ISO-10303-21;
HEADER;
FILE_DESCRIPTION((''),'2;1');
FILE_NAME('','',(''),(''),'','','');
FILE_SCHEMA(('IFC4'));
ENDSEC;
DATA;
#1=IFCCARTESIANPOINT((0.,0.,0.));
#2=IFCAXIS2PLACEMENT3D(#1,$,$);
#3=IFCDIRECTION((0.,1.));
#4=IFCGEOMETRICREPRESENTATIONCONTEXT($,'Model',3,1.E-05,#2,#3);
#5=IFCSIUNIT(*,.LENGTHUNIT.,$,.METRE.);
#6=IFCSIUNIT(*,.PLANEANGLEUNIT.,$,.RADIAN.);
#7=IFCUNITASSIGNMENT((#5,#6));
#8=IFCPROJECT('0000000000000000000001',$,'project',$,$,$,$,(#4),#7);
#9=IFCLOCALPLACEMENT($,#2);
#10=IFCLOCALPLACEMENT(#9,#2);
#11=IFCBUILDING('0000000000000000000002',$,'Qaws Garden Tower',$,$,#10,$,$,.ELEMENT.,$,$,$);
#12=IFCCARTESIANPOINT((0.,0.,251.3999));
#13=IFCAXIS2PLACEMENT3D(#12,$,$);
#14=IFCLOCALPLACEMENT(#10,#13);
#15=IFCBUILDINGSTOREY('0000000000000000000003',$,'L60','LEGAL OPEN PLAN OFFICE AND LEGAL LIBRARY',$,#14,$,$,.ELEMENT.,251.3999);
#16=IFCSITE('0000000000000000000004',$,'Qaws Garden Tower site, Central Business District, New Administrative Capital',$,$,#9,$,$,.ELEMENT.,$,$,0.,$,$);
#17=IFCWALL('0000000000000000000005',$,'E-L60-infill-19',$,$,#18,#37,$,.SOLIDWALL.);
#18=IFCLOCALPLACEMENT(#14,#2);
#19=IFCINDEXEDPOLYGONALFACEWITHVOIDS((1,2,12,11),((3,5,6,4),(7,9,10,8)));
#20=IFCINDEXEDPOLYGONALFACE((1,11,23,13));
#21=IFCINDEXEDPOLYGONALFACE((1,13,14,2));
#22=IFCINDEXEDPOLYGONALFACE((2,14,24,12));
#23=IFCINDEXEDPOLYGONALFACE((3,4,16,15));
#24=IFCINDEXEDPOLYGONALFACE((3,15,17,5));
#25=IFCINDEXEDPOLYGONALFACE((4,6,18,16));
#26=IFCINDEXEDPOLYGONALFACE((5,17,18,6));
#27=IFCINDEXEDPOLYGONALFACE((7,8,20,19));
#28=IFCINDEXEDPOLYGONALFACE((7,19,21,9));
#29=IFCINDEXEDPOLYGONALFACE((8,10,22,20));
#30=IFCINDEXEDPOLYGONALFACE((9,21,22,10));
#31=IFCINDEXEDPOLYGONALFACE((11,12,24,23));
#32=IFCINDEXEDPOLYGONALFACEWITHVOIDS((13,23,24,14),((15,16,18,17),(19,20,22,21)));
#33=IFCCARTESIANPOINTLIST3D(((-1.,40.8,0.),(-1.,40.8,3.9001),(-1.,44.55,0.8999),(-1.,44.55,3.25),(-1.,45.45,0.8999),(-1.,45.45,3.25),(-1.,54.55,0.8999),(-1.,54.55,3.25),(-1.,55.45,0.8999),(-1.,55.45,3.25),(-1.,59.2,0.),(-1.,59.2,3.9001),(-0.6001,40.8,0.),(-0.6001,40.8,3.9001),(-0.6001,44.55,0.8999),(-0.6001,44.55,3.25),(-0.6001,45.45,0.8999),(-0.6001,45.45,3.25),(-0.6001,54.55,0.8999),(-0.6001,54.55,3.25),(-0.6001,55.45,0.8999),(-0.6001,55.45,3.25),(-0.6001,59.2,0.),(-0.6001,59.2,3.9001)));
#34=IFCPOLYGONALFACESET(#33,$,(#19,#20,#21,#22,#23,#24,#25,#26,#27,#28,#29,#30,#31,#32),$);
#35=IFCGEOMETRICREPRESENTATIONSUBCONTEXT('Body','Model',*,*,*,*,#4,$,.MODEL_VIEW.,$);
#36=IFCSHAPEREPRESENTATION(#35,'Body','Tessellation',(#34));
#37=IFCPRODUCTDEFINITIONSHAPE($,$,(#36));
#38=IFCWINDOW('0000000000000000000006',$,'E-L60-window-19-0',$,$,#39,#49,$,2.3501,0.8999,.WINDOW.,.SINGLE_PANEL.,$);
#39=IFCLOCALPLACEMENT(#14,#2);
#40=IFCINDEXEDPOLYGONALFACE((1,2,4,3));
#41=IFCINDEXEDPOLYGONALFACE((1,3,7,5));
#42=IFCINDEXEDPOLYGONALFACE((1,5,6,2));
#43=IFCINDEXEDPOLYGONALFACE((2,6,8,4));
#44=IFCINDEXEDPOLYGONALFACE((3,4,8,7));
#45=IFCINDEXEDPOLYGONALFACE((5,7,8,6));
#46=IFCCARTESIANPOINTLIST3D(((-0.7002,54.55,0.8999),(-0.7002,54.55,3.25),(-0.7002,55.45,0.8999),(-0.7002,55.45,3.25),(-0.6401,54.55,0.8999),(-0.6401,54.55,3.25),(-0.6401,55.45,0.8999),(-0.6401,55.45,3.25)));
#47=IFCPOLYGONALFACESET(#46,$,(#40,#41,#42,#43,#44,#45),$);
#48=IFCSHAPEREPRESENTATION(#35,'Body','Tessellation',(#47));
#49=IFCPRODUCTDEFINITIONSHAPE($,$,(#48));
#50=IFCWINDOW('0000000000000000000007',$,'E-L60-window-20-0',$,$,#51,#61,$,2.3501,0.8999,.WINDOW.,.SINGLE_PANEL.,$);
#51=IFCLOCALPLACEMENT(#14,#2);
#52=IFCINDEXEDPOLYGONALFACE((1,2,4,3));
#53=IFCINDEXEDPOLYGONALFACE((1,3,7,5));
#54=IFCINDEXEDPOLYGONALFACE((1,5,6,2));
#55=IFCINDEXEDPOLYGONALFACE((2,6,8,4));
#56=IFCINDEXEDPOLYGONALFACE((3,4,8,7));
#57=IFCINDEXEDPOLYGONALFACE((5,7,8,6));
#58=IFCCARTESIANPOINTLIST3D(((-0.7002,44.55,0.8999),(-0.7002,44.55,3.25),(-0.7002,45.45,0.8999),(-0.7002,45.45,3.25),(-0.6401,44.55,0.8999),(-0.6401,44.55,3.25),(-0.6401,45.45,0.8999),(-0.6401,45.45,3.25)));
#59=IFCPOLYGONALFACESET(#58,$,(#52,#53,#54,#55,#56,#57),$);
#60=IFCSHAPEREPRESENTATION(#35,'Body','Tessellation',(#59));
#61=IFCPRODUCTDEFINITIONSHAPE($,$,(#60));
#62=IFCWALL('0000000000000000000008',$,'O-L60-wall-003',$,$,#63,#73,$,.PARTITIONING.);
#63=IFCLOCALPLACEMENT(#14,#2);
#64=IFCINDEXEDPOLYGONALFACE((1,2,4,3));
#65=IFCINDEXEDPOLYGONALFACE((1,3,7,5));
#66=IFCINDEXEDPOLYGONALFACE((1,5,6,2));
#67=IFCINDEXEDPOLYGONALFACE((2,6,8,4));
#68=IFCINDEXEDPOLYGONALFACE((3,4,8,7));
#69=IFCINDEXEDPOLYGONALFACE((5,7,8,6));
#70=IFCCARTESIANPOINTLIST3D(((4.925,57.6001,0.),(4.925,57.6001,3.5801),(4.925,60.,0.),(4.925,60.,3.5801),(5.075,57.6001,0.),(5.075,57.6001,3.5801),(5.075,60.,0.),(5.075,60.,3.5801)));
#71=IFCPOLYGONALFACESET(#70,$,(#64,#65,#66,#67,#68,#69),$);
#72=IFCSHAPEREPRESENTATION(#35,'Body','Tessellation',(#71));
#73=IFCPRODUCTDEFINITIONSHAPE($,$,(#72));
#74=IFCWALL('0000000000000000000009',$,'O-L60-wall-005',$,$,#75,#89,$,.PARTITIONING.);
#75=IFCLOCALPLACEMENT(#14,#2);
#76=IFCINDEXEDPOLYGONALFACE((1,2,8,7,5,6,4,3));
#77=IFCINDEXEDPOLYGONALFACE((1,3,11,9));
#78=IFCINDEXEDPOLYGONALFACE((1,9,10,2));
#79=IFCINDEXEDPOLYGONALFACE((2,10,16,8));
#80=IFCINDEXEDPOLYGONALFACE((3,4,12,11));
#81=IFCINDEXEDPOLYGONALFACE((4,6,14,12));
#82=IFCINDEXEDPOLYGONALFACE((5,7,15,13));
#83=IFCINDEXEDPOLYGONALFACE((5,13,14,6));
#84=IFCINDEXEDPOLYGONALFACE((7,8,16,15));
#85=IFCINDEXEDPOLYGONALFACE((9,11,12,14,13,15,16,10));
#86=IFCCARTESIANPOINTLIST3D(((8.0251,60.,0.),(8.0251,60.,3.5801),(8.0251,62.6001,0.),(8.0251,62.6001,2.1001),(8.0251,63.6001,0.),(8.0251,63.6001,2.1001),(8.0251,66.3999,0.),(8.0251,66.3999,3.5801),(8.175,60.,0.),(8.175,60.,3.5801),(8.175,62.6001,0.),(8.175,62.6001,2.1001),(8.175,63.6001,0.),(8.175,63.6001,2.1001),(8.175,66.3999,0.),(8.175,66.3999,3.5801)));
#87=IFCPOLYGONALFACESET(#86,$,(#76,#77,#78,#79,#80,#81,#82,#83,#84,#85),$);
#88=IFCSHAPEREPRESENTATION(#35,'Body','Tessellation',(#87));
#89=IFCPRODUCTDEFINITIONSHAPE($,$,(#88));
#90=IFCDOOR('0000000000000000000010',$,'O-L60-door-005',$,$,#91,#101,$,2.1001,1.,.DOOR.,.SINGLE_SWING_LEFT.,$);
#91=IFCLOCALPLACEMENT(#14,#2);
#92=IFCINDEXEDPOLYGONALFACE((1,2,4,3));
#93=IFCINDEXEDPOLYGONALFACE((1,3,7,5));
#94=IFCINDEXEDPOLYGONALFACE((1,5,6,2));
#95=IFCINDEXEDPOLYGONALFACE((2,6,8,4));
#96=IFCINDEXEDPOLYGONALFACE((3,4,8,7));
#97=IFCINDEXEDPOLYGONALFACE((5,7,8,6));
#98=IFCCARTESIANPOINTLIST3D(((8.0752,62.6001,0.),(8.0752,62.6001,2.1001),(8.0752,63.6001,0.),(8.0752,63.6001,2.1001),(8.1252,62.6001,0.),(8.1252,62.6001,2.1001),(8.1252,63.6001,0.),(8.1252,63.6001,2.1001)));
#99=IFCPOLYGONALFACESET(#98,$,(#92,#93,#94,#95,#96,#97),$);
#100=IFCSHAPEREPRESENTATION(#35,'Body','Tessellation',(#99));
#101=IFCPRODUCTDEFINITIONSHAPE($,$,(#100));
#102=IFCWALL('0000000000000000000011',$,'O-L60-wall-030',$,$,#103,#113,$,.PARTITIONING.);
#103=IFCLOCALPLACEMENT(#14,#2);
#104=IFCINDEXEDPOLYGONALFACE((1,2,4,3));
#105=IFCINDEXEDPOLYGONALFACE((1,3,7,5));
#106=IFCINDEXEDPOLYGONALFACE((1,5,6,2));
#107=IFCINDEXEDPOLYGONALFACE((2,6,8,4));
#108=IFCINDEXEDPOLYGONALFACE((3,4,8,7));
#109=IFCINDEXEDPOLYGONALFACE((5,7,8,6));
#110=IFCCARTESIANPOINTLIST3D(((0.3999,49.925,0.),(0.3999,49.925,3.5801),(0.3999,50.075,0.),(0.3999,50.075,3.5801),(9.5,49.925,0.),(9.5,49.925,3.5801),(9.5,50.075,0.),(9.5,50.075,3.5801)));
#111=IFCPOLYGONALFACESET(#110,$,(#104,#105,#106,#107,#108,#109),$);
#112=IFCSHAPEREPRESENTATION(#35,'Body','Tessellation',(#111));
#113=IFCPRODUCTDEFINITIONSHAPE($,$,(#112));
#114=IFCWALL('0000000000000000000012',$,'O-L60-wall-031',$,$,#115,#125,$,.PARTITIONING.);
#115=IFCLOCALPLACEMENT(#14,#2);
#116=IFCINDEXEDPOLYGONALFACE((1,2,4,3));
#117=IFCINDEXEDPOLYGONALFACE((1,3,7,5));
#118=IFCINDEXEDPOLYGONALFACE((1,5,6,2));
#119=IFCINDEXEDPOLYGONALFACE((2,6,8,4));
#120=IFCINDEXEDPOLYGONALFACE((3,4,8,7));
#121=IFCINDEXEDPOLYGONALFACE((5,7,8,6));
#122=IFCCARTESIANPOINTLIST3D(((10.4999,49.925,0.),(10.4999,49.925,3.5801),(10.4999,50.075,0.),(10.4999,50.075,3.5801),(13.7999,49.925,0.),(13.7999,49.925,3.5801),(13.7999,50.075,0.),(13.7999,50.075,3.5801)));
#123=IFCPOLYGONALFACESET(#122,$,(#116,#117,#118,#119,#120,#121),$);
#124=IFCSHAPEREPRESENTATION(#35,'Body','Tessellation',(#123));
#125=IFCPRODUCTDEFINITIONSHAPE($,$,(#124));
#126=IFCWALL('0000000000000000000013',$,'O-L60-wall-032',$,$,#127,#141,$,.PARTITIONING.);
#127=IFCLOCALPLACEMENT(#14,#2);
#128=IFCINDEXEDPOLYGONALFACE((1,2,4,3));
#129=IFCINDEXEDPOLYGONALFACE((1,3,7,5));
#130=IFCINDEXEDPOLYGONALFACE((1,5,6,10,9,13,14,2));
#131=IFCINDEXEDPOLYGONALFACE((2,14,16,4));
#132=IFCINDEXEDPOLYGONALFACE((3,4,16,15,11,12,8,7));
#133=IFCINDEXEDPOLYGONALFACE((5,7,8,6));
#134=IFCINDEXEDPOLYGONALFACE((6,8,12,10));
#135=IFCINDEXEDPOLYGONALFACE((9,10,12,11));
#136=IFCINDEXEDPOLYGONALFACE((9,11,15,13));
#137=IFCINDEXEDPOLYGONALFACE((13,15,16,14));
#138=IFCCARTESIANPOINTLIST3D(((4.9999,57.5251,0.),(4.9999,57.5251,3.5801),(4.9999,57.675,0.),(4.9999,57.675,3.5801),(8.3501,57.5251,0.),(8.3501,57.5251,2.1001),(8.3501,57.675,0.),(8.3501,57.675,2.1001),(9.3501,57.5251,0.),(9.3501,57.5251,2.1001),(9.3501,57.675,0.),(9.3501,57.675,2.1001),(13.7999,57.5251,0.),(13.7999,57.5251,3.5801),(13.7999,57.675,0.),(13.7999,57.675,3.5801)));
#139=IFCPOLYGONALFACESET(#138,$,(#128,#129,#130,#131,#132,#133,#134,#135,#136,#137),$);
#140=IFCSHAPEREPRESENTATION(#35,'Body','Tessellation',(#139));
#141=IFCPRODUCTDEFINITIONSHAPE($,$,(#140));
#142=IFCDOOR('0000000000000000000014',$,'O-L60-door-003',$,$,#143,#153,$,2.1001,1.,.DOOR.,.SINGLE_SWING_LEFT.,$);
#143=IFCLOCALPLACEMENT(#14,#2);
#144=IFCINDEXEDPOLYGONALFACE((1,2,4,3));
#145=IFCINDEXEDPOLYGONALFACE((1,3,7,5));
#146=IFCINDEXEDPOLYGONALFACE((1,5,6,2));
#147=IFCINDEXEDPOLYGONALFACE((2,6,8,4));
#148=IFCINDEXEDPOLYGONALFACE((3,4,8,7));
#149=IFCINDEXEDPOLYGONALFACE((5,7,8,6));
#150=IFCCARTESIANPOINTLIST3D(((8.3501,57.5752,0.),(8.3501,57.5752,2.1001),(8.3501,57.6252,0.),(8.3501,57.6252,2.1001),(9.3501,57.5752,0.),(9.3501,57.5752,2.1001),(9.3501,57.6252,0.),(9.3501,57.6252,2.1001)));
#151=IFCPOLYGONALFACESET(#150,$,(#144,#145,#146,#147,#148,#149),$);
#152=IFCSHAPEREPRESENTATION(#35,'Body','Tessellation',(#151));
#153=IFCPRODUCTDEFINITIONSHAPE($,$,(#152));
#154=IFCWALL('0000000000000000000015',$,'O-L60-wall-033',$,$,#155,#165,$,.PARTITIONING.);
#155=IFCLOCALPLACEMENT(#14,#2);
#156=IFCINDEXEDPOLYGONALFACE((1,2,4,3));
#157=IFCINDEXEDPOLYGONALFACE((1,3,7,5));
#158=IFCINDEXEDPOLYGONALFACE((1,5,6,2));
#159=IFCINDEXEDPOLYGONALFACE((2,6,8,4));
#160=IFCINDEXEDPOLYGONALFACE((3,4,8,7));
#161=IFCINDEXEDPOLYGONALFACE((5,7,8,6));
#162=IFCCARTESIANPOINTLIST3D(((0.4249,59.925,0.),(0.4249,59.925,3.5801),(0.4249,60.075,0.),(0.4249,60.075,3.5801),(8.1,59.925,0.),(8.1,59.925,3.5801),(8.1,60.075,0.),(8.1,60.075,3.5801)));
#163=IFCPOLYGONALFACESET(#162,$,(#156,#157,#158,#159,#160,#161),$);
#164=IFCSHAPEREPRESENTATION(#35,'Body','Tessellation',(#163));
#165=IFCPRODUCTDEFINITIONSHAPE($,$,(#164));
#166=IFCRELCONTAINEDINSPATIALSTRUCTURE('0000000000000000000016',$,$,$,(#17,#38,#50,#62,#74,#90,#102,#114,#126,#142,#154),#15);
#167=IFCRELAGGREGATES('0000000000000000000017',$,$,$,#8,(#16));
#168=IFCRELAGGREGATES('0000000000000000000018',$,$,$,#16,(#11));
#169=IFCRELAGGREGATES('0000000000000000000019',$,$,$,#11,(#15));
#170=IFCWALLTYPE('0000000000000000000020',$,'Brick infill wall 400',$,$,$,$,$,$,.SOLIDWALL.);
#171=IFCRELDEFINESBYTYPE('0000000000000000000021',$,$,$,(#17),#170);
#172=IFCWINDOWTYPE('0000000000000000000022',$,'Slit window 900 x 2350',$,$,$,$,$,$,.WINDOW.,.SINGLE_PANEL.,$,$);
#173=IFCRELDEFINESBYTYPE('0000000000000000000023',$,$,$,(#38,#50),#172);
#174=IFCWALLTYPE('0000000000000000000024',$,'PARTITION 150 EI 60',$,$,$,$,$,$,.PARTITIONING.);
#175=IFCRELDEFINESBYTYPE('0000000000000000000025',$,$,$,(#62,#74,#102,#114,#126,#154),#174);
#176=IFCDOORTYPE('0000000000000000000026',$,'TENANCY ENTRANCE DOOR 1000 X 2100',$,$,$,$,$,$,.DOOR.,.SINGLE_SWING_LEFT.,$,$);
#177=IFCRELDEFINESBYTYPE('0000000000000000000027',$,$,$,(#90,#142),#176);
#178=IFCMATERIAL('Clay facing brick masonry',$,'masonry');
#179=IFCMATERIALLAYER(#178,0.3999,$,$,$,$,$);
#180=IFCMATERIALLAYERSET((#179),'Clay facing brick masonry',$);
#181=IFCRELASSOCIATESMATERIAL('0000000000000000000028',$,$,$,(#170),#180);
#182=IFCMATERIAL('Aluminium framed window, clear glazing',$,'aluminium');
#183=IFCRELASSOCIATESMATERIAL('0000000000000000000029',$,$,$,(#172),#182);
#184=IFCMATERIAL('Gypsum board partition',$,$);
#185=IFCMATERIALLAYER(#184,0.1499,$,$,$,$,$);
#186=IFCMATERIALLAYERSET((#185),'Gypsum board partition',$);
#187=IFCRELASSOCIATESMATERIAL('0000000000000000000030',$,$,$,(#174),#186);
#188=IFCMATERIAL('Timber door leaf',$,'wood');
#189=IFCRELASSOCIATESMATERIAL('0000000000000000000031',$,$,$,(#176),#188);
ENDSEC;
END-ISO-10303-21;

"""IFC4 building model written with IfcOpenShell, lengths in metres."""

from ifc_helpers import new_model, si_unit, direction, frame, frame_2d, origin, place, context, subcontext, project, spatial, rectangle, extrude, material, layer, layer_set, type_object, element, fill, save


model = new_model("IFC4")

# Units and contexts
model_context = context("Model", 3, precision=1e-05, world=origin(), true_north=direction((0.0, 1.0)))
body_context = subcontext(model_context, "Body", "Model", "MODEL_VIEW")
ifc_project = project(units=[si_unit("LENGTHUNIT", "METRE"), si_unit("PLANEANGLEUNIT", "RADIAN")], contexts=[model_context])

# Site, building, storey
site_placement = place(None, origin())
site = spatial("IfcSite", under=ifc_project, at=site_placement, Name="Qaws Garden Tower site, Central Business District, New Administrative Capital", CompositionType="ELEMENT", RefElevation=0.0)
building_placement = place(site_placement, origin())
building = spatial("IfcBuilding", under=site, at=building_placement, Name="Qaws Garden Tower", CompositionType="ELEMENT")
storey_placement = place(building_placement, frame((0.0, 0.0, 251.3999)))
storey = spatial("IfcBuildingStorey", under=building, at=storey_placement, Name="L60", Description="LEGAL OPEN PLAN OFFICE AND LEGAL LIBRARY", CompositionType="ELEMENT", Elevation=251.3999)

# Shared definitions
ifc_material_1 = material(Name="Clay facing brick masonry", Category="masonry")
ifc_layer_1 = layer(ifc_material_1, 0.3999)
ifc_layer_set_1 = layer_set([ifc_layer_1], Name="Clay facing brick masonry")
wall_type_1 = type_object("IfcWallType", Name="Brick infill wall 400", PredefinedType="SOLIDWALL", material=ifc_layer_set_1)

# Wall, openings, windows
wall_1_placement = place(storey_placement, frame((-0.8, 59.2, 0.0), z_axis=(0.0, 0.0, 1.0), x_axis=(0.0, -1.0, 0.0)))
wall_1 = element("IfcWall", 1, at=wall_1_placement, inside=storey, type_object=wall_type_1, Name="E-L60-infill-19", PredefinedType="SOLIDWALL", context=body_context, shape_type="SweptSolid", body=[
    extrude(rectangle(XDim=18.3999, YDim=0.3999, at=frame_2d((9.2, 0.0))), origin(), (0.0, 0.0, 1.0), 3.9001),
])
opening_1_placement = place(wall_1_placement, frame((3.75, 0.0, 0.8999)))
opening_1 = element("IfcOpeningElement", 2, at=opening_1_placement, cuts=wall_1, PredefinedType="OPENING", context=body_context, shape_type="SweptSolid", body=[
    extrude(rectangle(XDim=0.8999, YDim=2.3501, at=frame_2d((0.45, 1.175))), frame((0.0, 0.21, 0.0), z_axis=(0.0, -1.0, 0.0), x_axis=(1.0, 0.0, 0.0)), (0.0, 0.0, 1.0), 0.4199),
])
opening_2_placement = place(wall_1_placement, frame((13.75, 0.0, 0.8999)))
opening_2 = element("IfcOpeningElement", 3, at=opening_2_placement, cuts=wall_1, PredefinedType="OPENING", context=body_context, shape_type="SweptSolid", body=[
    extrude(rectangle(XDim=0.8999, YDim=2.3501, at=frame_2d((0.45, 1.175))), frame((0.0, 0.21, 0.0), z_axis=(0.0, -1.0, 0.0), x_axis=(1.0, 0.0, 0.0)), (0.0, 0.0, 1.0), 0.4199),
])
ifc_material_2 = material(Name="Aluminium framed window, clear glazing", Category="aluminium")
window_type_1 = type_object("IfcWindowType", Name="Slit window 900 x 2350", PartitioningType="SINGLE_PANEL", PredefinedType="WINDOW", material=ifc_material_2)
window_1_placement = place(opening_1_placement, origin())
window_1 = element("IfcWindow", 4, at=window_1_placement, inside=storey, type_object=window_type_1, Name="E-L60-window-19-0", OverallHeight=2.3501, OverallWidth=0.8999, PartitioningType="SINGLE_PANEL", PredefinedType="WINDOW", context=body_context, shape_type="SweptSolid", body=[
    extrude(rectangle(XDim=0.8999, YDim=2.3501, at=frame_2d((0.45, 1.175))), frame((0.0, 0.1599, 0.0), z_axis=(0.0, -1.0, 0.0), x_axis=(1.0, 0.0, 0.0)), (0.0, 0.0, 1.0), 0.0601),
])
fill(opening_1, window_1)
window_2_placement = place(opening_2_placement, origin())
window_2 = element("IfcWindow", 5, at=window_2_placement, inside=storey, type_object=window_type_1, Name="E-L60-window-20-0", OverallHeight=2.3501, OverallWidth=0.8999, PartitioningType="SINGLE_PANEL", PredefinedType="WINDOW", context=body_context, shape_type="SweptSolid", body=[
    extrude(rectangle(XDim=0.8999, YDim=2.3501, at=frame_2d((0.45, 1.175))), frame((0.0, 0.1599, 0.0), z_axis=(0.0, -1.0, 0.0), x_axis=(1.0, 0.0, 0.0)), (0.0, 0.0, 1.0), 0.0601),
])
fill(opening_2, window_2)

# Wall
ifc_material_3 = material(Name="Gypsum board partition")
ifc_layer_2 = layer(ifc_material_3, 0.1499)
ifc_layer_set_2 = layer_set([ifc_layer_2], Name="Gypsum board partition")
wall_type_2 = type_object("IfcWallType", Name="PARTITION 150 EI 60", PredefinedType="PARTITIONING", material=ifc_layer_set_2)
wall_2_placement = place(storey_placement, frame((5.0, 57.6001, 0.0), z_axis=(0.0, 0.0, 1.0), x_axis=(0.0, 1.0, 0.0)))
element("IfcWall", 6, at=wall_2_placement, inside=storey, type_object=wall_type_2, Name="O-L60-wall-003", PredefinedType="PARTITIONING", context=body_context, shape_type="SweptSolid", body=[
    extrude(rectangle(XDim=2.3999, YDim=0.1499, at=frame_2d((1.2, 0.0))), origin(), (0.0, 0.0, 1.0), 3.5801),
])

# Wall, opening, door
wall_3_placement = place(storey_placement, frame((8.1001, 60.0, 0.0), z_axis=(0.0, 0.0, 1.0), x_axis=(0.0, 1.0, 0.0)))
wall_3 = element("IfcWall", 7, at=wall_3_placement, inside=storey, type_object=wall_type_2, Name="O-L60-wall-005", PredefinedType="PARTITIONING", context=body_context, shape_type="SweptSolid", body=[
    extrude(rectangle(XDim=6.3999, YDim=0.1499, at=frame_2d((3.2, 0.0))), origin(), (0.0, 0.0, 1.0), 3.5801),
])
opening_3_placement = place(wall_3_placement, frame((2.6001, 0.0, 0.0)))
opening_3 = element("IfcOpeningElement", 8, at=opening_3_placement, cuts=wall_3, PredefinedType="OPENING", context=body_context, shape_type="SweptSolid", body=[
    extrude(rectangle(XDim=1.0, YDim=2.1001, at=frame_2d((0.5, 1.05))), frame((0.0, 0.085, 0.0), z_axis=(0.0, -1.0, 0.0), x_axis=(1.0, 0.0, 0.0)), (0.0, 0.0, 1.0), 0.1699),
])
ifc_material_4 = material(Name="Timber door leaf", Category="wood")
door_type = type_object("IfcDoorType", Name="TENANCY ENTRANCE DOOR 1000 X 2100", OperationType="SINGLE_SWING_LEFT", PredefinedType="DOOR", material=ifc_material_4)
door_1_placement = place(opening_3_placement, origin())
door_1 = element("IfcDoor", 9, at=door_1_placement, inside=storey, type_object=door_type, Name="O-L60-door-005", OperationType="SINGLE_SWING_LEFT", OverallHeight=2.1001, OverallWidth=1.0, PredefinedType="DOOR", context=body_context, shape_type="SweptSolid", body=[
    extrude(rectangle(XDim=1.0, YDim=2.1001, at=frame_2d((0.5, 1.05))), frame((0.0, 0.0249, 0.0), z_axis=(0.0, -1.0, 0.0), x_axis=(1.0, 0.0, 0.0)), (0.0, 0.0, 1.0), 0.05),
])
fill(opening_3, door_1)

# Walls
wall_4_placement = place(storey_placement, frame((0.3999, 50.0, 0.0), z_axis=(0.0, 0.0, 1.0), x_axis=(1.0, 0.0, 0.0)))
element("IfcWall", 10, at=wall_4_placement, inside=storey, type_object=wall_type_2, Name="O-L60-wall-030", PredefinedType="PARTITIONING", context=body_context, shape_type="SweptSolid", body=[
    extrude(rectangle(XDim=9.1001, YDim=0.1499, at=frame_2d((4.55, 0.0))), origin(), (0.0, 0.0, 1.0), 3.5801),
])
wall_5_placement = place(storey_placement, frame((10.5, 50.0, 0.0), z_axis=(0.0, 0.0, 1.0), x_axis=(1.0, 0.0, 0.0)))
element("IfcWall", 11, at=wall_5_placement, inside=storey, type_object=wall_type_2, Name="O-L60-wall-031", PredefinedType="PARTITIONING", context=body_context, shape_type="SweptSolid", body=[
    extrude(rectangle(XDim=3.3, YDim=0.1499, at=frame_2d((1.6499, 0.0))), origin(), (0.0, 0.0, 1.0), 3.5801),
])

# Wall, opening, door
wall_6_placement = place(storey_placement, frame((5.0, 57.6001, 0.0), z_axis=(0.0, 0.0, 1.0), x_axis=(1.0, 0.0, 0.0)))
wall_6 = element("IfcWall", 12, at=wall_6_placement, inside=storey, type_object=wall_type_2, Name="O-L60-wall-032", PredefinedType="PARTITIONING", context=body_context, shape_type="SweptSolid", body=[
    extrude(rectangle(XDim=8.8, YDim=0.1499, at=frame_2d((4.3999, 0.0))), origin(), (0.0, 0.0, 1.0), 3.5801),
])
opening_4_placement = place(wall_6_placement, frame((3.3501, 0.0, 0.0)))
opening_4 = element("IfcOpeningElement", 13, at=opening_4_placement, cuts=wall_6, PredefinedType="OPENING", context=body_context, shape_type="SweptSolid", body=[
    extrude(rectangle(XDim=1.0, YDim=2.1001, at=frame_2d((0.5, 1.05))), frame((0.0, 0.085, 0.0), z_axis=(0.0, -1.0, 0.0), x_axis=(1.0, 0.0, 0.0)), (0.0, 0.0, 1.0), 0.1699),
])
door_2_placement = place(opening_4_placement, frame((1.0, 0.0, 0.0), z_axis=(0.0, 0.0, 1.0), x_axis=(-1.0, 0.0, 0.0)))
door_2 = element("IfcDoor", 14, at=door_2_placement, inside=storey, type_object=door_type, Name="O-L60-door-003", OperationType="SINGLE_SWING_LEFT", OverallHeight=2.1001, OverallWidth=1.0, PredefinedType="DOOR", context=body_context, shape_type="SweptSolid", body=[
    extrude(rectangle(XDim=1.0, YDim=2.1001, at=frame_2d((0.5, 1.05))), frame((0.0, 0.0249, 0.0), z_axis=(0.0, -1.0, 0.0), x_axis=(1.0, 0.0, 0.0)), (0.0, 0.0, 1.0), 0.05),
])
fill(opening_4, door_2)

# Wall
wall_7_placement = place(storey_placement, frame((0.425, 60.0, 0.0), z_axis=(0.0, 0.0, 1.0), x_axis=(1.0, 0.0, 0.0)))
element("IfcWall", 15, at=wall_7_placement, inside=storey, type_object=wall_type_2, Name="O-L60-wall-033", PredefinedType="PARTITIONING", context=body_context, shape_type="SweptSolid", body=[
    extrude(rectangle(XDim=7.675, YDim=0.1499, at=frame_2d((3.8374, 0.0))), origin(), (0.0, 0.0, 1.0), 3.5801),
])

save(model, "model.ifc")
